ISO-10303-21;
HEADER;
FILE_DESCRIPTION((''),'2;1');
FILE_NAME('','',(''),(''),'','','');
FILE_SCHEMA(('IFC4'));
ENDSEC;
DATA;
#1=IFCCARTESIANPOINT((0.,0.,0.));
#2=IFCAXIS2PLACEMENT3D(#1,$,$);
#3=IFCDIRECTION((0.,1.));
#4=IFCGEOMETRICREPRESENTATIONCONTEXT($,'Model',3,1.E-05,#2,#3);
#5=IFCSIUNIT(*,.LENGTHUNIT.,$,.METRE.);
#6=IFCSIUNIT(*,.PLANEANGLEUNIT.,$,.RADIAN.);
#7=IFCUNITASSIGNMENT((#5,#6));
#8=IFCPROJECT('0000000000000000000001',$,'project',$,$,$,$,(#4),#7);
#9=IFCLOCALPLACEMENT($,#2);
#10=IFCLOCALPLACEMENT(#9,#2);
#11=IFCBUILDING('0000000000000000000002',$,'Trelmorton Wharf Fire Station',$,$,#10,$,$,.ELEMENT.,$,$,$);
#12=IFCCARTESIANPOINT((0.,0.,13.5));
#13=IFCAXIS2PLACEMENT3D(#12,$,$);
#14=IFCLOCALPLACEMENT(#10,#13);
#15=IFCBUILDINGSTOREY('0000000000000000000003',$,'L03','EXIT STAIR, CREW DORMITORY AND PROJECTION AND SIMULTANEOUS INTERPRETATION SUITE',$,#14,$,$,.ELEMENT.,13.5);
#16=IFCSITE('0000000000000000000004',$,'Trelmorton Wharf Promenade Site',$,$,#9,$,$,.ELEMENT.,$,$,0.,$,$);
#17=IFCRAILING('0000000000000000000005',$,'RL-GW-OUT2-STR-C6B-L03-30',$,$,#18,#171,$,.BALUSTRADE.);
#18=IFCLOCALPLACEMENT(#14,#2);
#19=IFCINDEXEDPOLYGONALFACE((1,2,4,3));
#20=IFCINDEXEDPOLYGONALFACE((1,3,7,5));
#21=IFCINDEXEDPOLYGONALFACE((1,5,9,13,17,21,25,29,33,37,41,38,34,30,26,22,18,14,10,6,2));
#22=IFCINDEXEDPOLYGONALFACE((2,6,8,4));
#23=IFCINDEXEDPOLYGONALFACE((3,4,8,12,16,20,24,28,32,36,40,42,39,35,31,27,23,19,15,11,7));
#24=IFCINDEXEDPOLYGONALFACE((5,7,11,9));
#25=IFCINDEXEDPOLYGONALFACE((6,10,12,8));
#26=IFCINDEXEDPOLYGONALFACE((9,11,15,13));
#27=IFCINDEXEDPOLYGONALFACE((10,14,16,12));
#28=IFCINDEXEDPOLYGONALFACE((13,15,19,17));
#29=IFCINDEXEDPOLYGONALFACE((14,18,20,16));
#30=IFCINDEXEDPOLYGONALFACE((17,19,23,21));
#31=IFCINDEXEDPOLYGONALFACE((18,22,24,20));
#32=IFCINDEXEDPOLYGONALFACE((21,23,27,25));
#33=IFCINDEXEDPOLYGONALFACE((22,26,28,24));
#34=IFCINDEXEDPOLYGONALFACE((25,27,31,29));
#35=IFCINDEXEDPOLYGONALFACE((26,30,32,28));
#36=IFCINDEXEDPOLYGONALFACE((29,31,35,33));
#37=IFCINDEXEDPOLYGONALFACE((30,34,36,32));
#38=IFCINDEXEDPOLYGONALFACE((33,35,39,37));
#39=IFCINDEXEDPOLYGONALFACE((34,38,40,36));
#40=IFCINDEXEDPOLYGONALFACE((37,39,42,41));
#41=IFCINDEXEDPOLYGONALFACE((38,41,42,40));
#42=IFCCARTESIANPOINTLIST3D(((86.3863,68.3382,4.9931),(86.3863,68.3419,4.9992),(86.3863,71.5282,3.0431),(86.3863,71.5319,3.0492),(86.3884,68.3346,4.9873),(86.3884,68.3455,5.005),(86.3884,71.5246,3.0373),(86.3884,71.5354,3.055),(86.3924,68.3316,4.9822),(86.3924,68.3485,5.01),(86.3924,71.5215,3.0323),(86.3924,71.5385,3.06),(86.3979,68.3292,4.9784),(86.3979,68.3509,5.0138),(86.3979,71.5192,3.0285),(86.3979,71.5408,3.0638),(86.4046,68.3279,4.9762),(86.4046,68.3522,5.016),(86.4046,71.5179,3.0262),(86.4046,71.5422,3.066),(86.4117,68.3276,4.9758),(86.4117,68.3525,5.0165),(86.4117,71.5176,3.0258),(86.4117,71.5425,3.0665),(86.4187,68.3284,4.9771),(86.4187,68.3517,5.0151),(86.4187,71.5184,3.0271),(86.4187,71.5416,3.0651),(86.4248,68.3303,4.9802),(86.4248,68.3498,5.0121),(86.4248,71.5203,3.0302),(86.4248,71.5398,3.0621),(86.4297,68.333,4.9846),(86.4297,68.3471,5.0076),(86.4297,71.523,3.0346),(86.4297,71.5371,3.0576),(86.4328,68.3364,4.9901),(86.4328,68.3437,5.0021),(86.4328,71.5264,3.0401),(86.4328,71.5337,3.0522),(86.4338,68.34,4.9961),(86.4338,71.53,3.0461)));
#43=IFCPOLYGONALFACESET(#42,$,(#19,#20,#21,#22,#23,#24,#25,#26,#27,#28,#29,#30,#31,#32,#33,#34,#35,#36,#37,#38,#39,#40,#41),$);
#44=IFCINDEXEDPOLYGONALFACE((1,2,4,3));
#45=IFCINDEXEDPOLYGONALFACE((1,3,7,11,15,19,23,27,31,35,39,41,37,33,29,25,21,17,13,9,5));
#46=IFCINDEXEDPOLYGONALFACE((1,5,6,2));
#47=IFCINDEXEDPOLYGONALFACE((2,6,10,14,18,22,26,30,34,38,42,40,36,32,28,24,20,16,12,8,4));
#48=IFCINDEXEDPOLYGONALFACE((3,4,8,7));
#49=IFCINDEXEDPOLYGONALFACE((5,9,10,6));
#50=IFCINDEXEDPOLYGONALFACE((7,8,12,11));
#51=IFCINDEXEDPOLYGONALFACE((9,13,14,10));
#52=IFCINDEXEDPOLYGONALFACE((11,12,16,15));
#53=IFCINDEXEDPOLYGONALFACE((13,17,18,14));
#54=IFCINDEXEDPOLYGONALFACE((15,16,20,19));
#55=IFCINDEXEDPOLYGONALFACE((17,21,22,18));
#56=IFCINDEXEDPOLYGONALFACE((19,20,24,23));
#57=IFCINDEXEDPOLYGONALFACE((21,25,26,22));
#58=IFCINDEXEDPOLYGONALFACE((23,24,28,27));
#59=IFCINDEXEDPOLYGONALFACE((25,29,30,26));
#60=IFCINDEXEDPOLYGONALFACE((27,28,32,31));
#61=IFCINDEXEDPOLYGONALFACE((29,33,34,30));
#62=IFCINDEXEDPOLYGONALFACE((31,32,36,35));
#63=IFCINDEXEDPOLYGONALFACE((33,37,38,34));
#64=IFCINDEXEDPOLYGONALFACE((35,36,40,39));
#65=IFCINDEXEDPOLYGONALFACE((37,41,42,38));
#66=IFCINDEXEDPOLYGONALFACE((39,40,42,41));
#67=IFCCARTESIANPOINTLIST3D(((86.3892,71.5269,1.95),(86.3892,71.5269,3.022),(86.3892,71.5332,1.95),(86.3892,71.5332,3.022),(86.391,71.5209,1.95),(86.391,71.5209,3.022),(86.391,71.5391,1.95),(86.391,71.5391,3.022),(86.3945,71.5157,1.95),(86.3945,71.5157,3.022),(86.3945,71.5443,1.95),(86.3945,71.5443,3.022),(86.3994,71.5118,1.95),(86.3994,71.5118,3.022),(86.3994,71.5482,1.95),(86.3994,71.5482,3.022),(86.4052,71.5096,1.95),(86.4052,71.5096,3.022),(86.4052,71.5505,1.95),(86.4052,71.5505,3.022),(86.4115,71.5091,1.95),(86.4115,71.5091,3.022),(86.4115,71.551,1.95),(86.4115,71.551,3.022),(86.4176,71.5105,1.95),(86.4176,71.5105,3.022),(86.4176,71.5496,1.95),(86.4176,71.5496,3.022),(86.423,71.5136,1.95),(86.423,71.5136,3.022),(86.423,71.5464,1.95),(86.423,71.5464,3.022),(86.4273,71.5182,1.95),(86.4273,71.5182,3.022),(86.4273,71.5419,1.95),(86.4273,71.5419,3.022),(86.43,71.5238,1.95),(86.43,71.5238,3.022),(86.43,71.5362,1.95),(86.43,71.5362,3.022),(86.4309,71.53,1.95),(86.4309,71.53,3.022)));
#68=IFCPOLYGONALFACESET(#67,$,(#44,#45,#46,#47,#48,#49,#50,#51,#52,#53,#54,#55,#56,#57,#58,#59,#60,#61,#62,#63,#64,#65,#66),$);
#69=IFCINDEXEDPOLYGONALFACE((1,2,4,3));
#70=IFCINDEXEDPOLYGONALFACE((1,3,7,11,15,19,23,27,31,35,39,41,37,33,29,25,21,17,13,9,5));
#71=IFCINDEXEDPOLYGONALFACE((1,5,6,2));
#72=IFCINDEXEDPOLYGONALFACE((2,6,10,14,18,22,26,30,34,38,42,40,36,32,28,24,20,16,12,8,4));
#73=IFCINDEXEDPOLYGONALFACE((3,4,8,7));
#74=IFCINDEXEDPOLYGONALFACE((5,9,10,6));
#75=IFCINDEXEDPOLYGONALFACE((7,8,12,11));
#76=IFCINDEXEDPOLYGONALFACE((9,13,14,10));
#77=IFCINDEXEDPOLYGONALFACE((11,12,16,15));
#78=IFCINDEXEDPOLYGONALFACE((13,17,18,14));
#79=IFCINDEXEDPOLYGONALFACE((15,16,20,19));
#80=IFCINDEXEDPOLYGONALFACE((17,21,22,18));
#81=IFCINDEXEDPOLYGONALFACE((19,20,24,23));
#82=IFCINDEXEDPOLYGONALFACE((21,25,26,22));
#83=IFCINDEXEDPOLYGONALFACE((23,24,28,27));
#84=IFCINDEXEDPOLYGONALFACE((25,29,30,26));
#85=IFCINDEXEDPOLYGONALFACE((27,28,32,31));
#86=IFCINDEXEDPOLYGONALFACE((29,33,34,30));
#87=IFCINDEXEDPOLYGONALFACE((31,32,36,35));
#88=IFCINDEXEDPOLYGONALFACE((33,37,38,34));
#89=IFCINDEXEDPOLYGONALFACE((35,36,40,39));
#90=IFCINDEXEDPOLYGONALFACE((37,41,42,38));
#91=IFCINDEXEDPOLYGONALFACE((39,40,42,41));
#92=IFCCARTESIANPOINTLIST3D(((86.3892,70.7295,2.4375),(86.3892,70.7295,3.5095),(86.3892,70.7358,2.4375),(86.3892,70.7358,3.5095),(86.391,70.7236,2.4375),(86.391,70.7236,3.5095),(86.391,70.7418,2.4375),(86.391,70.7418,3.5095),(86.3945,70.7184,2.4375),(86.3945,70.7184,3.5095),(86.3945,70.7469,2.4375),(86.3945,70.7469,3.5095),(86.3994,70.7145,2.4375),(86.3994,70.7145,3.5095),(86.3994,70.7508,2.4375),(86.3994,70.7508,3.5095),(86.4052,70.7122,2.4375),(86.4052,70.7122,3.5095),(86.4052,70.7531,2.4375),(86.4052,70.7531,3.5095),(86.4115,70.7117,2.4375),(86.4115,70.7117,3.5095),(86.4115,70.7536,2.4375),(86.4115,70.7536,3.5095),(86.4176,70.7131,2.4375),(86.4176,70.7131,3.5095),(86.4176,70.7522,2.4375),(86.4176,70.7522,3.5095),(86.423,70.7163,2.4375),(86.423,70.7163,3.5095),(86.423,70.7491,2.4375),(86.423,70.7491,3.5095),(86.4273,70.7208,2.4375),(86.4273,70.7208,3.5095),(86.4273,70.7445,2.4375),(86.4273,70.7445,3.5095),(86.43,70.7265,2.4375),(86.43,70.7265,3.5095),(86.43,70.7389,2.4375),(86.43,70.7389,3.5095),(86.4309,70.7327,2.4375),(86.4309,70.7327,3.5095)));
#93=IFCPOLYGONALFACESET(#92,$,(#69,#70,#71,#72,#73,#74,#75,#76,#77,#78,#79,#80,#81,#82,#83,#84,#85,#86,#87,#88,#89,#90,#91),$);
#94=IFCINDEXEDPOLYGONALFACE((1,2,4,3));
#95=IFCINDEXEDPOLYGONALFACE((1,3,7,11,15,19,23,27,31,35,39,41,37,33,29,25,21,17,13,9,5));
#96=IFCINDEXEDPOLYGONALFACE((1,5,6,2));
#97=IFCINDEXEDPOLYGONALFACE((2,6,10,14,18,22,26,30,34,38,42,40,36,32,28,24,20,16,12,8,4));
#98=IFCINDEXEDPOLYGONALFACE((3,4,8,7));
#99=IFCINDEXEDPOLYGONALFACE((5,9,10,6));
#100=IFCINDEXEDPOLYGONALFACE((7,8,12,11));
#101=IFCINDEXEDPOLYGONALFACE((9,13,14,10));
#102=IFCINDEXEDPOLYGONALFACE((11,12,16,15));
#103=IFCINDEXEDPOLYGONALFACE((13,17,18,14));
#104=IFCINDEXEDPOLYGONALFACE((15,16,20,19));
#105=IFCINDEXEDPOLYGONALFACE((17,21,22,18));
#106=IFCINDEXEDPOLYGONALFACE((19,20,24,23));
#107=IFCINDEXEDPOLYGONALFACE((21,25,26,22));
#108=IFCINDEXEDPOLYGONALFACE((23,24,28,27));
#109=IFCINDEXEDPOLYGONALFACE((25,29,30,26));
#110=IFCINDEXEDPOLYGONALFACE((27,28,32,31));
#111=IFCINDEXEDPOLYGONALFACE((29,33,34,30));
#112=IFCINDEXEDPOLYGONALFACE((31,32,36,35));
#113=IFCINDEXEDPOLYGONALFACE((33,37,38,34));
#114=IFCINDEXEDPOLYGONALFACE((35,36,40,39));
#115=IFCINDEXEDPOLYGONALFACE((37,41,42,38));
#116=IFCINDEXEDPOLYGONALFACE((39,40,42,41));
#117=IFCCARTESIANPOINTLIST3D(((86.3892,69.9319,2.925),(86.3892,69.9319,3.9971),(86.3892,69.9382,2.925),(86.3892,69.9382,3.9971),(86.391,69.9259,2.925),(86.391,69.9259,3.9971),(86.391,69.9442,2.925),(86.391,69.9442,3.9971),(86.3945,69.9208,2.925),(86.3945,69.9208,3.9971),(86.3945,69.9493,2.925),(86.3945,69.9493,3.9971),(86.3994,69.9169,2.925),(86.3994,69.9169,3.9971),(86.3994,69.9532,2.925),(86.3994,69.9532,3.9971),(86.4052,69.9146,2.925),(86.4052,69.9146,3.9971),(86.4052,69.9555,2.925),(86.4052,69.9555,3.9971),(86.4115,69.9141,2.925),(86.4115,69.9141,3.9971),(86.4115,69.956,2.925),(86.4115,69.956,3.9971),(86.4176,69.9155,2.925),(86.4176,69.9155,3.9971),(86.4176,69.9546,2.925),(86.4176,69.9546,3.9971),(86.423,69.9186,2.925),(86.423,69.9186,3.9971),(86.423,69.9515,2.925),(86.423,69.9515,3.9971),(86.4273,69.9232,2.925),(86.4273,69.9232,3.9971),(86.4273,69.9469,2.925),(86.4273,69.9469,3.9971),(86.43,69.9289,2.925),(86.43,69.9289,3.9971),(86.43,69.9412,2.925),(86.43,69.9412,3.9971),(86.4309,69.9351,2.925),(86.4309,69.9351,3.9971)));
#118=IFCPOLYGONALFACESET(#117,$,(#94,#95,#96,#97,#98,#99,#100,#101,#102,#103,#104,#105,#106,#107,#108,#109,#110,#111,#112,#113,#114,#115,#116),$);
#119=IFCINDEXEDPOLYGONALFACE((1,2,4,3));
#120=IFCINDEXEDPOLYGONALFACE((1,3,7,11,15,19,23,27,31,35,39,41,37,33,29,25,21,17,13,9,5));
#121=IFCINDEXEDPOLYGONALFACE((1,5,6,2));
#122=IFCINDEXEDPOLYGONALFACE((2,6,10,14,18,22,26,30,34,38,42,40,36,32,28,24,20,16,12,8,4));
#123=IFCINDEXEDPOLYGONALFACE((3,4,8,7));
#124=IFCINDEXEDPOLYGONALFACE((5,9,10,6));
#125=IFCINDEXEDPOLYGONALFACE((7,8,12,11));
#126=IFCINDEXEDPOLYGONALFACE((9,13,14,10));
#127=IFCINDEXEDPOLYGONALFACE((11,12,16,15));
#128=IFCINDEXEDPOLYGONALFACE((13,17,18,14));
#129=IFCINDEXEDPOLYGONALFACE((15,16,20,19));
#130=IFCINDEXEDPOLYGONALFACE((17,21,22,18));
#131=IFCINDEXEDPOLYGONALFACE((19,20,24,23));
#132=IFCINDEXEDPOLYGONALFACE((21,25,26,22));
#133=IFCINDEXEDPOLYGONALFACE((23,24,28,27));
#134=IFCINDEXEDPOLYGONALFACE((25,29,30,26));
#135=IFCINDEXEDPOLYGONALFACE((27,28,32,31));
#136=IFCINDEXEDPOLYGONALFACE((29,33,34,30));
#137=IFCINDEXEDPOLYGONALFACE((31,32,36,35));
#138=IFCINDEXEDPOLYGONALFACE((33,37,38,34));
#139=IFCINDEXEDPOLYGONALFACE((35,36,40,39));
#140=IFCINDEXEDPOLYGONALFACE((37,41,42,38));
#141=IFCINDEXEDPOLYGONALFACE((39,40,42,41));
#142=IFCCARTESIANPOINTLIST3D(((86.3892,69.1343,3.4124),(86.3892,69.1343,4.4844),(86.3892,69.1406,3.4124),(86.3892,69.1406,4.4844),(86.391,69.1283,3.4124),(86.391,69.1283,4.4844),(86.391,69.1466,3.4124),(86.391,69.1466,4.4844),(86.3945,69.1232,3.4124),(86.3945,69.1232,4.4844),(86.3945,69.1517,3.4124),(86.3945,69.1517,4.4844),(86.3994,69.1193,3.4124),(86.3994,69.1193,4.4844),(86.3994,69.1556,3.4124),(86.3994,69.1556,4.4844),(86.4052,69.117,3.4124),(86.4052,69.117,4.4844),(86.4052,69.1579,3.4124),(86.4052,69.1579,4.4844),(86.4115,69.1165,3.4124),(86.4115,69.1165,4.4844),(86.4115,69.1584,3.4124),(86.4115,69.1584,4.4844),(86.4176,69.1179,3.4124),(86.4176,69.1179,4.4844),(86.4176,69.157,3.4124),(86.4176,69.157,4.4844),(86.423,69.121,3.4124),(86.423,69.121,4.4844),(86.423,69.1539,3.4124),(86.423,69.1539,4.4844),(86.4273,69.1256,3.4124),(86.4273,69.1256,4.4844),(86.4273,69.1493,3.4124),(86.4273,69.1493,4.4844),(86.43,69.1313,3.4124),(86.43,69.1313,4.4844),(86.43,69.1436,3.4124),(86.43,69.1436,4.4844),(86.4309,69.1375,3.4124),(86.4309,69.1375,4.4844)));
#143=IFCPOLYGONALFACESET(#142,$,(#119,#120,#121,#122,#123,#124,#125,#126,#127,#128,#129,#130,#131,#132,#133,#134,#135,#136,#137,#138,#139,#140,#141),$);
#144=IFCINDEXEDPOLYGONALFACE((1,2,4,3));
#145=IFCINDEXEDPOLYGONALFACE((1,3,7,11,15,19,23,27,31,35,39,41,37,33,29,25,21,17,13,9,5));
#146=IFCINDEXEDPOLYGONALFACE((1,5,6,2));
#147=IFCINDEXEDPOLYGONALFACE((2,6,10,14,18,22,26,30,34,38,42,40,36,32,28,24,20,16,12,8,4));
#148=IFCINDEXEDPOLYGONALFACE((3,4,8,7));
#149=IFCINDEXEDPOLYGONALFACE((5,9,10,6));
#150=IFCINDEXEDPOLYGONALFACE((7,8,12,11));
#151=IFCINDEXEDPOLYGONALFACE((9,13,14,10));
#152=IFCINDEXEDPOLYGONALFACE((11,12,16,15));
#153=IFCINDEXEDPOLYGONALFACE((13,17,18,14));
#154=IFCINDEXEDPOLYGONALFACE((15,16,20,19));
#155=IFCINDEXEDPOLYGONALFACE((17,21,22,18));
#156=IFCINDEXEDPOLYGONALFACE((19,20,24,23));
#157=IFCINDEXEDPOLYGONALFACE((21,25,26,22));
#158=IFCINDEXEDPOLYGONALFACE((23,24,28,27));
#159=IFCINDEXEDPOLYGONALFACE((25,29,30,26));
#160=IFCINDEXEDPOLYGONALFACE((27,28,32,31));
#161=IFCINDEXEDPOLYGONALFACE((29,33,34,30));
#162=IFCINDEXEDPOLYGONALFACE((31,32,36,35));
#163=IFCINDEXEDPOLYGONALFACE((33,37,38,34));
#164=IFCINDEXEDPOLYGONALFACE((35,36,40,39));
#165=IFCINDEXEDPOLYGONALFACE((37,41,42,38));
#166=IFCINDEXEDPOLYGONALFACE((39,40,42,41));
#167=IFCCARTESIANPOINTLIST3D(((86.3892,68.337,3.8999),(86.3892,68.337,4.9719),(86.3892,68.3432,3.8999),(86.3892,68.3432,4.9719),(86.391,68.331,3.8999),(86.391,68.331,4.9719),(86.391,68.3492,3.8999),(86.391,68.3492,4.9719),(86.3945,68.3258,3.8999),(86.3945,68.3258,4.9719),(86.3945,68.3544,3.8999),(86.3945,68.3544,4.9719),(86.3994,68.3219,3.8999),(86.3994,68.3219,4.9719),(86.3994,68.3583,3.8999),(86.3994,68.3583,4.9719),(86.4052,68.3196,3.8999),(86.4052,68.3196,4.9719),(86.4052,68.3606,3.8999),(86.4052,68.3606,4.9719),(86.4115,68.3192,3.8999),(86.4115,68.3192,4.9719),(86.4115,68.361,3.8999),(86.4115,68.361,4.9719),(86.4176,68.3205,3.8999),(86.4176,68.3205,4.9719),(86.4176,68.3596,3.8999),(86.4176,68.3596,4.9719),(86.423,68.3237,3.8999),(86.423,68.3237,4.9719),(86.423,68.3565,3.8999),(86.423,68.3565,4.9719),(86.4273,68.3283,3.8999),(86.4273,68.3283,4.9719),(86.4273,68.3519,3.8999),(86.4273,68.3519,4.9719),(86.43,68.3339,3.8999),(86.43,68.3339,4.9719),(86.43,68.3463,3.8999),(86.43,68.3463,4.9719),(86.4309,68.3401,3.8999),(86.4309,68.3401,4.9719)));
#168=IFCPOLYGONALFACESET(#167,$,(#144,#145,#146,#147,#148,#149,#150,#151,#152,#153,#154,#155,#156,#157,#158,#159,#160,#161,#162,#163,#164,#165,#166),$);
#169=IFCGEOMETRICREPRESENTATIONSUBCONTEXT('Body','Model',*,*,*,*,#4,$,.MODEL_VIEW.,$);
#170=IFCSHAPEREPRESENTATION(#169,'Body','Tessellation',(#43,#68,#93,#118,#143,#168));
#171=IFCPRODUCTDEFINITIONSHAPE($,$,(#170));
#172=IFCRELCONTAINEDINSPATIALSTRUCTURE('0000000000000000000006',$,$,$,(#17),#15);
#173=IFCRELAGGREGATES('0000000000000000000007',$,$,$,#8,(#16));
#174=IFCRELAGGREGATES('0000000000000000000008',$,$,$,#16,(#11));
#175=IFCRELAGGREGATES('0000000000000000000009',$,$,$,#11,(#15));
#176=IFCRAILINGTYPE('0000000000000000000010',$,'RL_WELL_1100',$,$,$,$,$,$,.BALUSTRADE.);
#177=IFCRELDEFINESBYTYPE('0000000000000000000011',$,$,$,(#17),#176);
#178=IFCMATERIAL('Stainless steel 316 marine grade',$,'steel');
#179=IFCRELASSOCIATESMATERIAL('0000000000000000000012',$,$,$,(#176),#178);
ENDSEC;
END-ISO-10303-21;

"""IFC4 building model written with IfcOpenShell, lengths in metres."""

from ifc_helpers import new_model, si_unit, direction, frame, origin, origin_2d, place, context, subcontext, project, spatial, circle, extrude, material, type_object, element, save


model = new_model("IFC4")

# Units and contexts
model_context = context("Model", 3, precision=1e-05, world=origin(), true_north=direction((0.0, 1.0)))
body_context = subcontext(model_context, "Body", "Model", "MODEL_VIEW")
ifc_project = project(units=[si_unit("LENGTHUNIT", "METRE"), si_unit("PLANEANGLEUNIT", "RADIAN")], contexts=[model_context])

# Site, building, storey
site_placement = place(None, origin())
site = spatial("IfcSite", under=ifc_project, at=site_placement, Name="Trelmorton Wharf Promenade Site", CompositionType="ELEMENT", RefElevation=0.0)
building_placement = place(site_placement, origin())
building = spatial("IfcBuilding", under=site, at=building_placement, Name="Trelmorton Wharf Fire Station", CompositionType="ELEMENT")
storey_placement = place(building_placement, frame((0.0, 0.0, 13.5)))
storey = spatial("IfcBuildingStorey", under=building, at=storey_placement, Name="L03", Description="EXIT STAIR, CREW DORMITORY AND PROJECTION AND SIMULTANEOUS INTERPRETATION SUITE", CompositionType="ELEMENT", Elevation=13.5)

# Railing
ifc_material_1 = material(Name="Stainless steel 316 marine grade", Category="steel")
railing_type_1 = type_object("IfcRailingType", Name="RL_WELL_1100", PredefinedType="BALUSTRADE", material=ifc_material_1)
railing_1_placement = place(storey_placement, frame((86.4099, 71.53, 1.95)))
element("IfcRailing", 1, at=railing_1_placement, inside=storey, type_object=railing_type_1, Name="RL-GW-OUT2-STR-C6B-L03-30", PredefinedType="BALUSTRADE", context=body_context, shape_type="SweptSolid", body=[
    extrude(circle(Radius=0.0239, at=origin_2d()), frame((0.0, 0.0, 1.0962), z_axis=(0.0, -0.853217, 0.521556), x_axis=(1.0, 0.0, 0.0)), (0.0, 0.0, 1.0), 3.7388),
    extrude(circle(Radius=0.021, at=origin_2d()), origin(), (0.0, 0.0, 1.0), 1.072),
    extrude(circle(Radius=0.021, at=origin_2d()), frame((0.0, -0.7974, 0.4875)), (0.0, 0.0, 1.0), 1.072),
    extrude(circle(Radius=0.021, at=origin_2d()), frame((0.0, -1.595, 0.9751)), (0.0, 0.0, 1.0), 1.072),
    extrude(circle(Radius=0.021, at=origin_2d()), frame((0.0, -2.3926, 1.4624)), (0.0, 0.0, 1.0), 1.072),
    extrude(circle(Radius=0.021, at=origin_2d()), frame((0.0, -3.1899, 1.95)), (0.0, 0.0, 1.0), 1.072),
])

save(model, "model.ifc")
